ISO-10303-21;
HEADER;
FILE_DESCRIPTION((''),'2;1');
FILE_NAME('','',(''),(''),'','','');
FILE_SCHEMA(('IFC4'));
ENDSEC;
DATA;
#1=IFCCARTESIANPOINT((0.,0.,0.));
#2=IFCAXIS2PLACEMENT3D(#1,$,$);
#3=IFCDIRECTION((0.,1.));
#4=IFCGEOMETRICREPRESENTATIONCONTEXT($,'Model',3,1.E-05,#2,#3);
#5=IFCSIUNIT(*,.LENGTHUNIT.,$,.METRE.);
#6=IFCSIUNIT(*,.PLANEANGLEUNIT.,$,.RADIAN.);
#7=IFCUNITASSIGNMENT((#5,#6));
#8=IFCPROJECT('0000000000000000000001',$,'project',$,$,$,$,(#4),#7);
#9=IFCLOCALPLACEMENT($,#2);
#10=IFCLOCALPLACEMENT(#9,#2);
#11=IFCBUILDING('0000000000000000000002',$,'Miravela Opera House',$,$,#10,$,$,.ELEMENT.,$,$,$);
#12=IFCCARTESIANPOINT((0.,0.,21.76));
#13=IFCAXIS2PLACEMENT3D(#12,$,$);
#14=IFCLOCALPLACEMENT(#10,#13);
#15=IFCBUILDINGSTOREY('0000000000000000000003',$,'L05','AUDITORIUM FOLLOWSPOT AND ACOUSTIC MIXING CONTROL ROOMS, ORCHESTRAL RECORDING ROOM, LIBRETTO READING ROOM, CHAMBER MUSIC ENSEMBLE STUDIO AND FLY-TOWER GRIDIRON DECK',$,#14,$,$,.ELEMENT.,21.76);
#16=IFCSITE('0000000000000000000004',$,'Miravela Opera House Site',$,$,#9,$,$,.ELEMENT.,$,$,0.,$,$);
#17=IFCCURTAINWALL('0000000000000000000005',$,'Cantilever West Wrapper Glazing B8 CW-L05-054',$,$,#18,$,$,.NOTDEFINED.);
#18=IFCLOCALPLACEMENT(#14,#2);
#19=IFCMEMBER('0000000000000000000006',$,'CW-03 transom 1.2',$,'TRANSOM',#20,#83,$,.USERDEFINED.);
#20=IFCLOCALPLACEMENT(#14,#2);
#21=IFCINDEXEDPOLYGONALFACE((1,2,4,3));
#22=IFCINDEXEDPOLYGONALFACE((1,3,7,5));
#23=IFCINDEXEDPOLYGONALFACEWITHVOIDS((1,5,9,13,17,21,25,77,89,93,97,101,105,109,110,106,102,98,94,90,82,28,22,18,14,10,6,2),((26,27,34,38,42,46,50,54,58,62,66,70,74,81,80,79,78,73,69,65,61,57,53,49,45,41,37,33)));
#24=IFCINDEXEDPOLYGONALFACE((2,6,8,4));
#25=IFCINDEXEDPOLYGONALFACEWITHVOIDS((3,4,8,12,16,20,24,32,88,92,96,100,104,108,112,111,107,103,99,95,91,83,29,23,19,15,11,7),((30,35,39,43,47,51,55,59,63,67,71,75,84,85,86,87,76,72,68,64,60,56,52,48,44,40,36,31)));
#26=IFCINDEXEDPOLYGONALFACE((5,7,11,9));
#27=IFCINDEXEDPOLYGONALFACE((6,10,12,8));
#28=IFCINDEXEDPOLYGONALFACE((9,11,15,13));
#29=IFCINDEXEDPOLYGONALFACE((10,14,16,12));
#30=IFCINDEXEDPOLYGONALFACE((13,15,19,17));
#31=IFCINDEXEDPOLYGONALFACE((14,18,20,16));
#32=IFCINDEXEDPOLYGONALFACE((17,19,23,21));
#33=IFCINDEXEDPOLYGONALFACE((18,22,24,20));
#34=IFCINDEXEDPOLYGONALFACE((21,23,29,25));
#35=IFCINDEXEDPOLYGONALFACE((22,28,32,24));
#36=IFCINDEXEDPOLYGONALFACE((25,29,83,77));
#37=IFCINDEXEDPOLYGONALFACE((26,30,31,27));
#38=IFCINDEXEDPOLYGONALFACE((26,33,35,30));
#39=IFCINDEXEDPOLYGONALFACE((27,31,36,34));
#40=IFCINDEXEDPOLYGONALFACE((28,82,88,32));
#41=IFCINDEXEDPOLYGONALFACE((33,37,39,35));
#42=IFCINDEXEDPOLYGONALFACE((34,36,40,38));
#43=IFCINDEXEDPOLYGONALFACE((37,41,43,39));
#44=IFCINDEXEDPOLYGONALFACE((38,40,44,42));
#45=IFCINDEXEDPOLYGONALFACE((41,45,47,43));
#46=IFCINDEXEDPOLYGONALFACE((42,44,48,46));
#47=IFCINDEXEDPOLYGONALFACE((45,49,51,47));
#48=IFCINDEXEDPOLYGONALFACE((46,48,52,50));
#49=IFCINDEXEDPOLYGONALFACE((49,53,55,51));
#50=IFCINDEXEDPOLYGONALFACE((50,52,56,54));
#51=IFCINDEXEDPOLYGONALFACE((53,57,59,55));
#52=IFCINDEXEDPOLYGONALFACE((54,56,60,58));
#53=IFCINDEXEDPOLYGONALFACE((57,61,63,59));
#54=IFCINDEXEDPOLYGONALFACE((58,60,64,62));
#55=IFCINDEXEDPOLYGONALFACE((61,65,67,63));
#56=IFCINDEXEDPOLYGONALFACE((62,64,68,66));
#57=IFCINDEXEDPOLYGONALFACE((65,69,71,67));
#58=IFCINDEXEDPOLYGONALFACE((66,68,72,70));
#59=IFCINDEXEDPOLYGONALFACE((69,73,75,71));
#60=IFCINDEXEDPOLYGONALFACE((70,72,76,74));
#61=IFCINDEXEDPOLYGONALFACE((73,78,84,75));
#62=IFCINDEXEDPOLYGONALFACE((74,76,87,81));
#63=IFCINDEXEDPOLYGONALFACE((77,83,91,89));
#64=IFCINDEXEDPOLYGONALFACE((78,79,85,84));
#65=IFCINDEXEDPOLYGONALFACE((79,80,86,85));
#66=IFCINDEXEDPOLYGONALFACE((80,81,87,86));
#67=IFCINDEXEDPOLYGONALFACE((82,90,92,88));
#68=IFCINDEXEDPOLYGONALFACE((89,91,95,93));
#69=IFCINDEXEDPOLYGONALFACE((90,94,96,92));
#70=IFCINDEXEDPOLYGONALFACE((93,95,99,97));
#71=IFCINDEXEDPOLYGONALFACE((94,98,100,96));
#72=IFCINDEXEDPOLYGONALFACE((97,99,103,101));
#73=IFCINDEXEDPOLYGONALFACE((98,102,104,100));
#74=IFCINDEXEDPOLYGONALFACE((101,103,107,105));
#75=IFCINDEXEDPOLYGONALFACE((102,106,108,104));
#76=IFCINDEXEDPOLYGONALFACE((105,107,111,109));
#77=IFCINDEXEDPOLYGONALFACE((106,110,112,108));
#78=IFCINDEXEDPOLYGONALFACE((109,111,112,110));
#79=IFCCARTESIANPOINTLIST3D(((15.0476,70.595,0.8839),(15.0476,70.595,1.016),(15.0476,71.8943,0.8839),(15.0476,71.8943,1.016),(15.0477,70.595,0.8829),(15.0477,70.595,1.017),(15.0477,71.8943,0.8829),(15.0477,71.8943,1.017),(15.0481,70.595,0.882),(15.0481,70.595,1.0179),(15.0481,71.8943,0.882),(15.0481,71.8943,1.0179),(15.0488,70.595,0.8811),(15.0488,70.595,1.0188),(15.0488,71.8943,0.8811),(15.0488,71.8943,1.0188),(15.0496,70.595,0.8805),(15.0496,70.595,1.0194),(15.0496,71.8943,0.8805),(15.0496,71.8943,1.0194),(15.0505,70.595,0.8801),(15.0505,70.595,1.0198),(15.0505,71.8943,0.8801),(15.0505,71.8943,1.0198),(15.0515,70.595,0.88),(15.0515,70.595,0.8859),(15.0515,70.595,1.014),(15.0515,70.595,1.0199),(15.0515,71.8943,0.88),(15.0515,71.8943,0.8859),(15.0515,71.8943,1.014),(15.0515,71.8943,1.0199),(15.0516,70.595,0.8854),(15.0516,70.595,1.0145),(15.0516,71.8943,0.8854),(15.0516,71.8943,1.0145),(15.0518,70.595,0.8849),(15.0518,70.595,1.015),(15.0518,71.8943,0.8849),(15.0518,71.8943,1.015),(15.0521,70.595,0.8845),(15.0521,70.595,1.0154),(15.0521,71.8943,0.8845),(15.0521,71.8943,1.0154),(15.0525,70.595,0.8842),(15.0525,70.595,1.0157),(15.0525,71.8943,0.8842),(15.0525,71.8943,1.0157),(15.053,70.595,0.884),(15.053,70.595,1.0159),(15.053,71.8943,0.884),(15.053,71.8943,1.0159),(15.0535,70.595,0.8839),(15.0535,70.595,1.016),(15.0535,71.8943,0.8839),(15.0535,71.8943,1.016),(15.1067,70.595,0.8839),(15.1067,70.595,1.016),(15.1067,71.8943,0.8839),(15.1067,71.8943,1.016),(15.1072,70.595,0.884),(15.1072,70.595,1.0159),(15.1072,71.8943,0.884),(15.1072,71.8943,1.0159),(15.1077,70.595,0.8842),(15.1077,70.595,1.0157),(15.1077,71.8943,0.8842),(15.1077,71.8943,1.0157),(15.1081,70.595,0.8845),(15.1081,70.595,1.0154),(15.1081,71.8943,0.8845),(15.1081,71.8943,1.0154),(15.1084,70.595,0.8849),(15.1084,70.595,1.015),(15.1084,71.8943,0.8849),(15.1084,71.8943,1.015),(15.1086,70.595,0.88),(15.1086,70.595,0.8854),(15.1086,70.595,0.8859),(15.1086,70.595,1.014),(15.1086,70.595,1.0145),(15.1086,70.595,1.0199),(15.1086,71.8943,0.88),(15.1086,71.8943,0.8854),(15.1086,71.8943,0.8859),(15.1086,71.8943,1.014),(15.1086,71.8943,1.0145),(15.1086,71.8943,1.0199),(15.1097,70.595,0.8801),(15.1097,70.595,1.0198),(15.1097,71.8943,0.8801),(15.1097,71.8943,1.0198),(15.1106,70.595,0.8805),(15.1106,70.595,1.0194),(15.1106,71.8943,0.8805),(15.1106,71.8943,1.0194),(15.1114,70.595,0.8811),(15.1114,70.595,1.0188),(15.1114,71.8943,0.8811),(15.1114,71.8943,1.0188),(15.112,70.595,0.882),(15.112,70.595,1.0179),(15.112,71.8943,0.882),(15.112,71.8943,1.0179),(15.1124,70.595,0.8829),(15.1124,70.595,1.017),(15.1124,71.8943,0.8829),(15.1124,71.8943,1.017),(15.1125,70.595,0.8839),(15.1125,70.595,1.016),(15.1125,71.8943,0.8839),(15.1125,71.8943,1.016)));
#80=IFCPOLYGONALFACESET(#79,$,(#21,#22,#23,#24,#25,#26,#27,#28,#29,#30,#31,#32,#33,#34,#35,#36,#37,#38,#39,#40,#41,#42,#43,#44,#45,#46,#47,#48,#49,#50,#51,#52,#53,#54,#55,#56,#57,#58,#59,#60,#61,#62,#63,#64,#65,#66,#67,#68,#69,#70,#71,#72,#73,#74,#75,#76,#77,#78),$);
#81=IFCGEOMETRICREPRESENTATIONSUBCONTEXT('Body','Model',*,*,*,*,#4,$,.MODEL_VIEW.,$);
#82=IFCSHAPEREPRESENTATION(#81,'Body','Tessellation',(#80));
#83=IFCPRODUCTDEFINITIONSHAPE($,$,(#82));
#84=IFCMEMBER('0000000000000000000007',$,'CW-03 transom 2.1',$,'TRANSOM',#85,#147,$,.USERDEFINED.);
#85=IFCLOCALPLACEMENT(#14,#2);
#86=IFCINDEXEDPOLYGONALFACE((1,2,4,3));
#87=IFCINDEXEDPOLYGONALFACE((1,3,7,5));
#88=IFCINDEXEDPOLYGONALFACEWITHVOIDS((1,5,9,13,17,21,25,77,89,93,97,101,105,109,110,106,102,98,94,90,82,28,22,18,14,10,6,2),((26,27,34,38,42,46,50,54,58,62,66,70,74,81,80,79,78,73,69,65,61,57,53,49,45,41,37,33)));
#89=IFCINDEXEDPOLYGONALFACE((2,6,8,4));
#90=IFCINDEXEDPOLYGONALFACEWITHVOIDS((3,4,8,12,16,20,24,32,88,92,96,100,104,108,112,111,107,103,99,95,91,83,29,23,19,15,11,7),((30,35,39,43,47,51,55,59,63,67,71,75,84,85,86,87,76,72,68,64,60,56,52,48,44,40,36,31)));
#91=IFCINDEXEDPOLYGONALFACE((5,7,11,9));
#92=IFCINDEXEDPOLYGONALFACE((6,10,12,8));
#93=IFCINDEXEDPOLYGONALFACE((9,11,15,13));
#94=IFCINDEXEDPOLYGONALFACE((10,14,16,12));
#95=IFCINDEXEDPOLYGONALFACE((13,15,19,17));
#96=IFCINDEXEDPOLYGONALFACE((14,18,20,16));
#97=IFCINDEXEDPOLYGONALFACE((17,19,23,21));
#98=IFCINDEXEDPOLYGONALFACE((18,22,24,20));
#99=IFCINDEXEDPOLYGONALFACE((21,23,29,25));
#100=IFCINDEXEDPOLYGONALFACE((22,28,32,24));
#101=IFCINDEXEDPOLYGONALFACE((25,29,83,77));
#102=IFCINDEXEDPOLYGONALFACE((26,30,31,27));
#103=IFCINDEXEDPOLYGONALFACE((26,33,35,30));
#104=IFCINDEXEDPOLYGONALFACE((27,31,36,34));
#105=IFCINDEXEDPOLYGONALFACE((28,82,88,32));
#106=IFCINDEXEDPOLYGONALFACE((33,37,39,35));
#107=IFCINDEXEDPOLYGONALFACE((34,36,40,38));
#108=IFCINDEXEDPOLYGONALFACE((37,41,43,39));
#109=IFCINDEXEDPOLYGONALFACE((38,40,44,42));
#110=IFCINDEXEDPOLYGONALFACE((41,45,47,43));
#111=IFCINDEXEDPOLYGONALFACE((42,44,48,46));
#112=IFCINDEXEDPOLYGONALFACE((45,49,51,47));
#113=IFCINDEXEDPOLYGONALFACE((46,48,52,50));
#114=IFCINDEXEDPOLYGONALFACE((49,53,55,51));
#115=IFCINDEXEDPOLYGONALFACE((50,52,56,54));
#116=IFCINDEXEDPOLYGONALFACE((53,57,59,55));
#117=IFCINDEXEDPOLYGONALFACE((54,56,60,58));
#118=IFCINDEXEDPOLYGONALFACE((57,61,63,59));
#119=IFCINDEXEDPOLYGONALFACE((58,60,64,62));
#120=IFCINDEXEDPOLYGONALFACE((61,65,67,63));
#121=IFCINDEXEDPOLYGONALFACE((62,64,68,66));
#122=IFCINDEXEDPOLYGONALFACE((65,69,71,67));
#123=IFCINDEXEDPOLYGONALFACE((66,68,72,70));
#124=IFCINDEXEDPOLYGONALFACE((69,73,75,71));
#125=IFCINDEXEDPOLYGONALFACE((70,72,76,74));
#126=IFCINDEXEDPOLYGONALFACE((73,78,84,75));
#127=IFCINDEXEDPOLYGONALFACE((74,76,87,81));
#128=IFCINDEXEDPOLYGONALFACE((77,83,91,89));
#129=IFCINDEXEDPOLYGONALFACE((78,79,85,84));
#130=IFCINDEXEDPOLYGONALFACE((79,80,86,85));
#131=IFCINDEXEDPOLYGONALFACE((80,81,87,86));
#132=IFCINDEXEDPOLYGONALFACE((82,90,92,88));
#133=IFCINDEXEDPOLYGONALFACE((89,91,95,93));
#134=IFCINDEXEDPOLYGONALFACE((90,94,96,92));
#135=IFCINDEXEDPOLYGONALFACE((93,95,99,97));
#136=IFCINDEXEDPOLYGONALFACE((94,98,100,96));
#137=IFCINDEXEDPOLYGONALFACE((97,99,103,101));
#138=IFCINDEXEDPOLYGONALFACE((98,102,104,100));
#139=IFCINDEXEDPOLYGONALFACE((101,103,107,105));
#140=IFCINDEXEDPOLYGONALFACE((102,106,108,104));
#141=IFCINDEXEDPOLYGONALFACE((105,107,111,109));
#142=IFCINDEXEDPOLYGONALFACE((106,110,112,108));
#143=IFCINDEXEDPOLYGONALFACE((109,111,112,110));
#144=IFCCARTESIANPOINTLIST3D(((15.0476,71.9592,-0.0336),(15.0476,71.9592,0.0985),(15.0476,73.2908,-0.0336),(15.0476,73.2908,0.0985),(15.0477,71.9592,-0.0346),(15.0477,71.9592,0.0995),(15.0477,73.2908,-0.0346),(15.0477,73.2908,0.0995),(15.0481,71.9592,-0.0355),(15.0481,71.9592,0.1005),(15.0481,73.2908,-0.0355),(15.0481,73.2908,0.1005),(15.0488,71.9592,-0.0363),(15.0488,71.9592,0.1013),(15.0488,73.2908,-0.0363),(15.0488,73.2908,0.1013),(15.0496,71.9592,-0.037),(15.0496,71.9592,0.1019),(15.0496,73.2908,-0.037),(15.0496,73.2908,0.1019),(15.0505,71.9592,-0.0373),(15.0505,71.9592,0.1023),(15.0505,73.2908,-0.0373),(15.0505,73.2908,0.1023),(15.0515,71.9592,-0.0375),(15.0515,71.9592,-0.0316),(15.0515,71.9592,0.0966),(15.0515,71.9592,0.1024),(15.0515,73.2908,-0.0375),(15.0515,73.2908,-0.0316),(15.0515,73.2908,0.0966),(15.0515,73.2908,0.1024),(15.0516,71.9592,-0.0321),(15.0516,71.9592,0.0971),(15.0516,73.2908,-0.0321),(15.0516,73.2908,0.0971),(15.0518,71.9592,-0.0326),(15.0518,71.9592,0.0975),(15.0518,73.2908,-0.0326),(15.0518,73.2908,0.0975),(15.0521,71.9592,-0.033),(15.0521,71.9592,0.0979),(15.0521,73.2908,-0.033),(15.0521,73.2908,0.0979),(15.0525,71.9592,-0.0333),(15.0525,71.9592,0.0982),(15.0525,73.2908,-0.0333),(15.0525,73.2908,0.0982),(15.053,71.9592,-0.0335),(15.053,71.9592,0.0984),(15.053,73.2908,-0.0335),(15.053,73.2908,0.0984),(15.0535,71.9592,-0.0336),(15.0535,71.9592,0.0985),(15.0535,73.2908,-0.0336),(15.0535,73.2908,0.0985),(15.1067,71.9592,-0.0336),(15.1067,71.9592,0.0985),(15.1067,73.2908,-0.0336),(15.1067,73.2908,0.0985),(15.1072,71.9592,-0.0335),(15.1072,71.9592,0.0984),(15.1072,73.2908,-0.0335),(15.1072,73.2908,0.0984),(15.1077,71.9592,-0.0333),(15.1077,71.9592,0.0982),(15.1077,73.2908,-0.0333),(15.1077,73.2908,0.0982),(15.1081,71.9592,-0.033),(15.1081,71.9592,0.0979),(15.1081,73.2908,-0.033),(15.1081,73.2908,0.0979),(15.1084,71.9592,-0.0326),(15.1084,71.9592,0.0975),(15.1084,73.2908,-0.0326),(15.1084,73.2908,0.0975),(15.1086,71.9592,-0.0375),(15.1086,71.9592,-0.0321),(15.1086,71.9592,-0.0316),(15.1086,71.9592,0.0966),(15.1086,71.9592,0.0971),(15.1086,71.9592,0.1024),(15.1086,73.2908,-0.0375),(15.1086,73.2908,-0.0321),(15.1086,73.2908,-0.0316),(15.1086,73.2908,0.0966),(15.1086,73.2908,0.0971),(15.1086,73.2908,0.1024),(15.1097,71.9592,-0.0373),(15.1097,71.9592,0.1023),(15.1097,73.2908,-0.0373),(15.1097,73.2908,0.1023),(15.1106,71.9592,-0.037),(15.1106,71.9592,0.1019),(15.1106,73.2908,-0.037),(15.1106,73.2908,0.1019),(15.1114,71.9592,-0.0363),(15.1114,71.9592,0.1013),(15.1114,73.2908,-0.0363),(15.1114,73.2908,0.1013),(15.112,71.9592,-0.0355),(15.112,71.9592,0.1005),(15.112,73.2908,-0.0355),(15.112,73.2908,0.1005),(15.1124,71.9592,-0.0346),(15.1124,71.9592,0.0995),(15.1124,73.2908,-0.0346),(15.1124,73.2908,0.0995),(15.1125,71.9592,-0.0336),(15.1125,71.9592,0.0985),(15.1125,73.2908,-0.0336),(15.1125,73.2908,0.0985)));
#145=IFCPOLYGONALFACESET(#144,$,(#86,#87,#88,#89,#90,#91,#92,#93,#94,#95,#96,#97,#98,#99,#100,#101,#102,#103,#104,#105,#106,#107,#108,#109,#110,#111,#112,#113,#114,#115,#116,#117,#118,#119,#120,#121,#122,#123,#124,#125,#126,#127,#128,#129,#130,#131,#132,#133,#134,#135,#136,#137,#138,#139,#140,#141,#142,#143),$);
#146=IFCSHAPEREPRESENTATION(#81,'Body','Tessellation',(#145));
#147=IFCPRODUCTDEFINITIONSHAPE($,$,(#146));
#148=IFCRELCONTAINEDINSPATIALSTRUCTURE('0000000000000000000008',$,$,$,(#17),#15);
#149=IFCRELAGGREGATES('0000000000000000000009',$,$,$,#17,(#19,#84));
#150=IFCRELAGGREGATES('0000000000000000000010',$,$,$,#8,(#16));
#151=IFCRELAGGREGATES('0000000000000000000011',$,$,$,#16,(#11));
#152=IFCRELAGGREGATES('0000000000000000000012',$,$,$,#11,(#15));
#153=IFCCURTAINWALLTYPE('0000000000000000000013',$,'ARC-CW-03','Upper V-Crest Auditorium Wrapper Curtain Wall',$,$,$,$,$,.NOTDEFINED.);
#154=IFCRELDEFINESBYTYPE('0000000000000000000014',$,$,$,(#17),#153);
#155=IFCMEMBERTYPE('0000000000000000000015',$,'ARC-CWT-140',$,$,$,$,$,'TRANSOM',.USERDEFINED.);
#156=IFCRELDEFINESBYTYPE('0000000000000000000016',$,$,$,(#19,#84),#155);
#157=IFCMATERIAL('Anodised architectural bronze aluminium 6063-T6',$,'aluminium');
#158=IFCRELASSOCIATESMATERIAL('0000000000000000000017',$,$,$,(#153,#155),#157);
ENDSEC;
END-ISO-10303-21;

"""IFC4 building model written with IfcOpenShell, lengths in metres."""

from ifc_helpers import new_model, si_unit, direction, frame, origin, origin_2d, place, context, subcontext, project, spatial, hollow_rectangle, extrude, material, material_profile, profile_set, type_object, element, aggregate, save


model = new_model("IFC4")

# Units and contexts
model_context = context("Model", 3, precision=1e-05, world=origin(), true_north=direction((0.0, 1.0)))
body_context = subcontext(model_context, "Body", "Model", "MODEL_VIEW")
ifc_project = project(units=[si_unit("LENGTHUNIT", "METRE"), si_unit("PLANEANGLEUNIT", "RADIAN")], contexts=[model_context])

# Site, building, storey
site_placement = place(None, origin())
site = spatial("IfcSite", under=ifc_project, at=site_placement, Name="Miravela Opera House Site", CompositionType="ELEMENT", RefElevation=0.0)
building_placement = place(site_placement, origin())
building = spatial("IfcBuilding", under=site, at=building_placement, Name="Miravela Opera House", CompositionType="ELEMENT")
storey_placement = place(building_placement, frame((0.0, 0.0, 21.76)))
storey = spatial("IfcBuildingStorey", under=building, at=storey_placement, Name="L05", Description="AUDITORIUM FOLLOWSPOT AND ACOUSTIC MIXING CONTROL ROOMS, ORCHESTRAL RECORDING ROOM, LIBRETTO READING ROOM, CHAMBER MUSIC ENSEMBLE STUDIO AND FLY-TOWER GRIDIRON DECK", CompositionType="ELEMENT", Elevation=21.76)

# Curtain wall
ifc_material_1 = material(Name="Anodised architectural bronze aluminium 6063-T6", Category="aluminium")
curtain_wall_type = type_object("IfcCurtainWallType", Name="ARC-CW-03", Description="Upper V-Crest Auditorium Wrapper Curtain Wall", PredefinedType="NOTDEFINED", material=ifc_material_1)
curtain_wall_1_placement = place(storey_placement, origin())
curtain_wall_1 = element("IfcCurtainWall", 1, at=curtain_wall_1_placement, inside=storey, type_object=curtain_wall_type, Name="Cantilever West Wrapper Glazing B8 CW-L05-054", PredefinedType="NOTDEFINED")

# Members
ifc_material_profile_1 = material_profile(ifc_material_1, hollow_rectangle(XDim=0.0649, YDim=0.1399, WallThickness=0.0039, InnerFilletRadius=0.002, OuterFilletRadius=0.0039, at=origin_2d()), Name="CWT-65X140")
ifc_profile_set_1 = profile_set([ifc_material_profile_1])
member_type_1 = type_object("IfcMemberType", Name="ARC-CWT-140", ElementType="TRANSOM", PredefinedType="USERDEFINED", material=ifc_profile_set_1)
member_1_placement = place(storey_placement, frame((15.0801, 70.595, 0.95), z_axis=(0.0, 1.0, 0.0), x_axis=(-1.0, 0.0, 0.0)))
member_1 = element("IfcMember", 2, at=member_1_placement, type_object=member_type_1, Name="CW-03 transom 1.2", ObjectType="TRANSOM", PredefinedType="USERDEFINED", context=body_context, shape_type="SweptSolid", body=[
    extrude(hollow_rectangle(XDim=0.0649, YDim=0.1399, WallThickness=0.0039, InnerFilletRadius=0.002, OuterFilletRadius=0.0039, at=origin_2d()), origin(), (0.0, 0.0, 1.0), 1.2993),
])
member_2_placement = place(storey_placement, frame((15.0801, 71.9592, 0.0325), z_axis=(0.0, 1.0, 0.0), x_axis=(-1.0, 0.0, 0.0)))
member_2 = element("IfcMember", 3, at=member_2_placement, type_object=member_type_1, Name="CW-03 transom 2.1", ObjectType="TRANSOM", PredefinedType="USERDEFINED", context=body_context, shape_type="SweptSolid", body=[
    extrude(hollow_rectangle(XDim=0.0649, YDim=0.1399, WallThickness=0.0039, InnerFilletRadius=0.002, OuterFilletRadius=0.0039, at=origin_2d()), origin(), (0.0, 0.0, 1.0), 1.3315),
])

aggregate(curtain_wall_1, [member_1, member_2])

save(model, "model.ifc")
